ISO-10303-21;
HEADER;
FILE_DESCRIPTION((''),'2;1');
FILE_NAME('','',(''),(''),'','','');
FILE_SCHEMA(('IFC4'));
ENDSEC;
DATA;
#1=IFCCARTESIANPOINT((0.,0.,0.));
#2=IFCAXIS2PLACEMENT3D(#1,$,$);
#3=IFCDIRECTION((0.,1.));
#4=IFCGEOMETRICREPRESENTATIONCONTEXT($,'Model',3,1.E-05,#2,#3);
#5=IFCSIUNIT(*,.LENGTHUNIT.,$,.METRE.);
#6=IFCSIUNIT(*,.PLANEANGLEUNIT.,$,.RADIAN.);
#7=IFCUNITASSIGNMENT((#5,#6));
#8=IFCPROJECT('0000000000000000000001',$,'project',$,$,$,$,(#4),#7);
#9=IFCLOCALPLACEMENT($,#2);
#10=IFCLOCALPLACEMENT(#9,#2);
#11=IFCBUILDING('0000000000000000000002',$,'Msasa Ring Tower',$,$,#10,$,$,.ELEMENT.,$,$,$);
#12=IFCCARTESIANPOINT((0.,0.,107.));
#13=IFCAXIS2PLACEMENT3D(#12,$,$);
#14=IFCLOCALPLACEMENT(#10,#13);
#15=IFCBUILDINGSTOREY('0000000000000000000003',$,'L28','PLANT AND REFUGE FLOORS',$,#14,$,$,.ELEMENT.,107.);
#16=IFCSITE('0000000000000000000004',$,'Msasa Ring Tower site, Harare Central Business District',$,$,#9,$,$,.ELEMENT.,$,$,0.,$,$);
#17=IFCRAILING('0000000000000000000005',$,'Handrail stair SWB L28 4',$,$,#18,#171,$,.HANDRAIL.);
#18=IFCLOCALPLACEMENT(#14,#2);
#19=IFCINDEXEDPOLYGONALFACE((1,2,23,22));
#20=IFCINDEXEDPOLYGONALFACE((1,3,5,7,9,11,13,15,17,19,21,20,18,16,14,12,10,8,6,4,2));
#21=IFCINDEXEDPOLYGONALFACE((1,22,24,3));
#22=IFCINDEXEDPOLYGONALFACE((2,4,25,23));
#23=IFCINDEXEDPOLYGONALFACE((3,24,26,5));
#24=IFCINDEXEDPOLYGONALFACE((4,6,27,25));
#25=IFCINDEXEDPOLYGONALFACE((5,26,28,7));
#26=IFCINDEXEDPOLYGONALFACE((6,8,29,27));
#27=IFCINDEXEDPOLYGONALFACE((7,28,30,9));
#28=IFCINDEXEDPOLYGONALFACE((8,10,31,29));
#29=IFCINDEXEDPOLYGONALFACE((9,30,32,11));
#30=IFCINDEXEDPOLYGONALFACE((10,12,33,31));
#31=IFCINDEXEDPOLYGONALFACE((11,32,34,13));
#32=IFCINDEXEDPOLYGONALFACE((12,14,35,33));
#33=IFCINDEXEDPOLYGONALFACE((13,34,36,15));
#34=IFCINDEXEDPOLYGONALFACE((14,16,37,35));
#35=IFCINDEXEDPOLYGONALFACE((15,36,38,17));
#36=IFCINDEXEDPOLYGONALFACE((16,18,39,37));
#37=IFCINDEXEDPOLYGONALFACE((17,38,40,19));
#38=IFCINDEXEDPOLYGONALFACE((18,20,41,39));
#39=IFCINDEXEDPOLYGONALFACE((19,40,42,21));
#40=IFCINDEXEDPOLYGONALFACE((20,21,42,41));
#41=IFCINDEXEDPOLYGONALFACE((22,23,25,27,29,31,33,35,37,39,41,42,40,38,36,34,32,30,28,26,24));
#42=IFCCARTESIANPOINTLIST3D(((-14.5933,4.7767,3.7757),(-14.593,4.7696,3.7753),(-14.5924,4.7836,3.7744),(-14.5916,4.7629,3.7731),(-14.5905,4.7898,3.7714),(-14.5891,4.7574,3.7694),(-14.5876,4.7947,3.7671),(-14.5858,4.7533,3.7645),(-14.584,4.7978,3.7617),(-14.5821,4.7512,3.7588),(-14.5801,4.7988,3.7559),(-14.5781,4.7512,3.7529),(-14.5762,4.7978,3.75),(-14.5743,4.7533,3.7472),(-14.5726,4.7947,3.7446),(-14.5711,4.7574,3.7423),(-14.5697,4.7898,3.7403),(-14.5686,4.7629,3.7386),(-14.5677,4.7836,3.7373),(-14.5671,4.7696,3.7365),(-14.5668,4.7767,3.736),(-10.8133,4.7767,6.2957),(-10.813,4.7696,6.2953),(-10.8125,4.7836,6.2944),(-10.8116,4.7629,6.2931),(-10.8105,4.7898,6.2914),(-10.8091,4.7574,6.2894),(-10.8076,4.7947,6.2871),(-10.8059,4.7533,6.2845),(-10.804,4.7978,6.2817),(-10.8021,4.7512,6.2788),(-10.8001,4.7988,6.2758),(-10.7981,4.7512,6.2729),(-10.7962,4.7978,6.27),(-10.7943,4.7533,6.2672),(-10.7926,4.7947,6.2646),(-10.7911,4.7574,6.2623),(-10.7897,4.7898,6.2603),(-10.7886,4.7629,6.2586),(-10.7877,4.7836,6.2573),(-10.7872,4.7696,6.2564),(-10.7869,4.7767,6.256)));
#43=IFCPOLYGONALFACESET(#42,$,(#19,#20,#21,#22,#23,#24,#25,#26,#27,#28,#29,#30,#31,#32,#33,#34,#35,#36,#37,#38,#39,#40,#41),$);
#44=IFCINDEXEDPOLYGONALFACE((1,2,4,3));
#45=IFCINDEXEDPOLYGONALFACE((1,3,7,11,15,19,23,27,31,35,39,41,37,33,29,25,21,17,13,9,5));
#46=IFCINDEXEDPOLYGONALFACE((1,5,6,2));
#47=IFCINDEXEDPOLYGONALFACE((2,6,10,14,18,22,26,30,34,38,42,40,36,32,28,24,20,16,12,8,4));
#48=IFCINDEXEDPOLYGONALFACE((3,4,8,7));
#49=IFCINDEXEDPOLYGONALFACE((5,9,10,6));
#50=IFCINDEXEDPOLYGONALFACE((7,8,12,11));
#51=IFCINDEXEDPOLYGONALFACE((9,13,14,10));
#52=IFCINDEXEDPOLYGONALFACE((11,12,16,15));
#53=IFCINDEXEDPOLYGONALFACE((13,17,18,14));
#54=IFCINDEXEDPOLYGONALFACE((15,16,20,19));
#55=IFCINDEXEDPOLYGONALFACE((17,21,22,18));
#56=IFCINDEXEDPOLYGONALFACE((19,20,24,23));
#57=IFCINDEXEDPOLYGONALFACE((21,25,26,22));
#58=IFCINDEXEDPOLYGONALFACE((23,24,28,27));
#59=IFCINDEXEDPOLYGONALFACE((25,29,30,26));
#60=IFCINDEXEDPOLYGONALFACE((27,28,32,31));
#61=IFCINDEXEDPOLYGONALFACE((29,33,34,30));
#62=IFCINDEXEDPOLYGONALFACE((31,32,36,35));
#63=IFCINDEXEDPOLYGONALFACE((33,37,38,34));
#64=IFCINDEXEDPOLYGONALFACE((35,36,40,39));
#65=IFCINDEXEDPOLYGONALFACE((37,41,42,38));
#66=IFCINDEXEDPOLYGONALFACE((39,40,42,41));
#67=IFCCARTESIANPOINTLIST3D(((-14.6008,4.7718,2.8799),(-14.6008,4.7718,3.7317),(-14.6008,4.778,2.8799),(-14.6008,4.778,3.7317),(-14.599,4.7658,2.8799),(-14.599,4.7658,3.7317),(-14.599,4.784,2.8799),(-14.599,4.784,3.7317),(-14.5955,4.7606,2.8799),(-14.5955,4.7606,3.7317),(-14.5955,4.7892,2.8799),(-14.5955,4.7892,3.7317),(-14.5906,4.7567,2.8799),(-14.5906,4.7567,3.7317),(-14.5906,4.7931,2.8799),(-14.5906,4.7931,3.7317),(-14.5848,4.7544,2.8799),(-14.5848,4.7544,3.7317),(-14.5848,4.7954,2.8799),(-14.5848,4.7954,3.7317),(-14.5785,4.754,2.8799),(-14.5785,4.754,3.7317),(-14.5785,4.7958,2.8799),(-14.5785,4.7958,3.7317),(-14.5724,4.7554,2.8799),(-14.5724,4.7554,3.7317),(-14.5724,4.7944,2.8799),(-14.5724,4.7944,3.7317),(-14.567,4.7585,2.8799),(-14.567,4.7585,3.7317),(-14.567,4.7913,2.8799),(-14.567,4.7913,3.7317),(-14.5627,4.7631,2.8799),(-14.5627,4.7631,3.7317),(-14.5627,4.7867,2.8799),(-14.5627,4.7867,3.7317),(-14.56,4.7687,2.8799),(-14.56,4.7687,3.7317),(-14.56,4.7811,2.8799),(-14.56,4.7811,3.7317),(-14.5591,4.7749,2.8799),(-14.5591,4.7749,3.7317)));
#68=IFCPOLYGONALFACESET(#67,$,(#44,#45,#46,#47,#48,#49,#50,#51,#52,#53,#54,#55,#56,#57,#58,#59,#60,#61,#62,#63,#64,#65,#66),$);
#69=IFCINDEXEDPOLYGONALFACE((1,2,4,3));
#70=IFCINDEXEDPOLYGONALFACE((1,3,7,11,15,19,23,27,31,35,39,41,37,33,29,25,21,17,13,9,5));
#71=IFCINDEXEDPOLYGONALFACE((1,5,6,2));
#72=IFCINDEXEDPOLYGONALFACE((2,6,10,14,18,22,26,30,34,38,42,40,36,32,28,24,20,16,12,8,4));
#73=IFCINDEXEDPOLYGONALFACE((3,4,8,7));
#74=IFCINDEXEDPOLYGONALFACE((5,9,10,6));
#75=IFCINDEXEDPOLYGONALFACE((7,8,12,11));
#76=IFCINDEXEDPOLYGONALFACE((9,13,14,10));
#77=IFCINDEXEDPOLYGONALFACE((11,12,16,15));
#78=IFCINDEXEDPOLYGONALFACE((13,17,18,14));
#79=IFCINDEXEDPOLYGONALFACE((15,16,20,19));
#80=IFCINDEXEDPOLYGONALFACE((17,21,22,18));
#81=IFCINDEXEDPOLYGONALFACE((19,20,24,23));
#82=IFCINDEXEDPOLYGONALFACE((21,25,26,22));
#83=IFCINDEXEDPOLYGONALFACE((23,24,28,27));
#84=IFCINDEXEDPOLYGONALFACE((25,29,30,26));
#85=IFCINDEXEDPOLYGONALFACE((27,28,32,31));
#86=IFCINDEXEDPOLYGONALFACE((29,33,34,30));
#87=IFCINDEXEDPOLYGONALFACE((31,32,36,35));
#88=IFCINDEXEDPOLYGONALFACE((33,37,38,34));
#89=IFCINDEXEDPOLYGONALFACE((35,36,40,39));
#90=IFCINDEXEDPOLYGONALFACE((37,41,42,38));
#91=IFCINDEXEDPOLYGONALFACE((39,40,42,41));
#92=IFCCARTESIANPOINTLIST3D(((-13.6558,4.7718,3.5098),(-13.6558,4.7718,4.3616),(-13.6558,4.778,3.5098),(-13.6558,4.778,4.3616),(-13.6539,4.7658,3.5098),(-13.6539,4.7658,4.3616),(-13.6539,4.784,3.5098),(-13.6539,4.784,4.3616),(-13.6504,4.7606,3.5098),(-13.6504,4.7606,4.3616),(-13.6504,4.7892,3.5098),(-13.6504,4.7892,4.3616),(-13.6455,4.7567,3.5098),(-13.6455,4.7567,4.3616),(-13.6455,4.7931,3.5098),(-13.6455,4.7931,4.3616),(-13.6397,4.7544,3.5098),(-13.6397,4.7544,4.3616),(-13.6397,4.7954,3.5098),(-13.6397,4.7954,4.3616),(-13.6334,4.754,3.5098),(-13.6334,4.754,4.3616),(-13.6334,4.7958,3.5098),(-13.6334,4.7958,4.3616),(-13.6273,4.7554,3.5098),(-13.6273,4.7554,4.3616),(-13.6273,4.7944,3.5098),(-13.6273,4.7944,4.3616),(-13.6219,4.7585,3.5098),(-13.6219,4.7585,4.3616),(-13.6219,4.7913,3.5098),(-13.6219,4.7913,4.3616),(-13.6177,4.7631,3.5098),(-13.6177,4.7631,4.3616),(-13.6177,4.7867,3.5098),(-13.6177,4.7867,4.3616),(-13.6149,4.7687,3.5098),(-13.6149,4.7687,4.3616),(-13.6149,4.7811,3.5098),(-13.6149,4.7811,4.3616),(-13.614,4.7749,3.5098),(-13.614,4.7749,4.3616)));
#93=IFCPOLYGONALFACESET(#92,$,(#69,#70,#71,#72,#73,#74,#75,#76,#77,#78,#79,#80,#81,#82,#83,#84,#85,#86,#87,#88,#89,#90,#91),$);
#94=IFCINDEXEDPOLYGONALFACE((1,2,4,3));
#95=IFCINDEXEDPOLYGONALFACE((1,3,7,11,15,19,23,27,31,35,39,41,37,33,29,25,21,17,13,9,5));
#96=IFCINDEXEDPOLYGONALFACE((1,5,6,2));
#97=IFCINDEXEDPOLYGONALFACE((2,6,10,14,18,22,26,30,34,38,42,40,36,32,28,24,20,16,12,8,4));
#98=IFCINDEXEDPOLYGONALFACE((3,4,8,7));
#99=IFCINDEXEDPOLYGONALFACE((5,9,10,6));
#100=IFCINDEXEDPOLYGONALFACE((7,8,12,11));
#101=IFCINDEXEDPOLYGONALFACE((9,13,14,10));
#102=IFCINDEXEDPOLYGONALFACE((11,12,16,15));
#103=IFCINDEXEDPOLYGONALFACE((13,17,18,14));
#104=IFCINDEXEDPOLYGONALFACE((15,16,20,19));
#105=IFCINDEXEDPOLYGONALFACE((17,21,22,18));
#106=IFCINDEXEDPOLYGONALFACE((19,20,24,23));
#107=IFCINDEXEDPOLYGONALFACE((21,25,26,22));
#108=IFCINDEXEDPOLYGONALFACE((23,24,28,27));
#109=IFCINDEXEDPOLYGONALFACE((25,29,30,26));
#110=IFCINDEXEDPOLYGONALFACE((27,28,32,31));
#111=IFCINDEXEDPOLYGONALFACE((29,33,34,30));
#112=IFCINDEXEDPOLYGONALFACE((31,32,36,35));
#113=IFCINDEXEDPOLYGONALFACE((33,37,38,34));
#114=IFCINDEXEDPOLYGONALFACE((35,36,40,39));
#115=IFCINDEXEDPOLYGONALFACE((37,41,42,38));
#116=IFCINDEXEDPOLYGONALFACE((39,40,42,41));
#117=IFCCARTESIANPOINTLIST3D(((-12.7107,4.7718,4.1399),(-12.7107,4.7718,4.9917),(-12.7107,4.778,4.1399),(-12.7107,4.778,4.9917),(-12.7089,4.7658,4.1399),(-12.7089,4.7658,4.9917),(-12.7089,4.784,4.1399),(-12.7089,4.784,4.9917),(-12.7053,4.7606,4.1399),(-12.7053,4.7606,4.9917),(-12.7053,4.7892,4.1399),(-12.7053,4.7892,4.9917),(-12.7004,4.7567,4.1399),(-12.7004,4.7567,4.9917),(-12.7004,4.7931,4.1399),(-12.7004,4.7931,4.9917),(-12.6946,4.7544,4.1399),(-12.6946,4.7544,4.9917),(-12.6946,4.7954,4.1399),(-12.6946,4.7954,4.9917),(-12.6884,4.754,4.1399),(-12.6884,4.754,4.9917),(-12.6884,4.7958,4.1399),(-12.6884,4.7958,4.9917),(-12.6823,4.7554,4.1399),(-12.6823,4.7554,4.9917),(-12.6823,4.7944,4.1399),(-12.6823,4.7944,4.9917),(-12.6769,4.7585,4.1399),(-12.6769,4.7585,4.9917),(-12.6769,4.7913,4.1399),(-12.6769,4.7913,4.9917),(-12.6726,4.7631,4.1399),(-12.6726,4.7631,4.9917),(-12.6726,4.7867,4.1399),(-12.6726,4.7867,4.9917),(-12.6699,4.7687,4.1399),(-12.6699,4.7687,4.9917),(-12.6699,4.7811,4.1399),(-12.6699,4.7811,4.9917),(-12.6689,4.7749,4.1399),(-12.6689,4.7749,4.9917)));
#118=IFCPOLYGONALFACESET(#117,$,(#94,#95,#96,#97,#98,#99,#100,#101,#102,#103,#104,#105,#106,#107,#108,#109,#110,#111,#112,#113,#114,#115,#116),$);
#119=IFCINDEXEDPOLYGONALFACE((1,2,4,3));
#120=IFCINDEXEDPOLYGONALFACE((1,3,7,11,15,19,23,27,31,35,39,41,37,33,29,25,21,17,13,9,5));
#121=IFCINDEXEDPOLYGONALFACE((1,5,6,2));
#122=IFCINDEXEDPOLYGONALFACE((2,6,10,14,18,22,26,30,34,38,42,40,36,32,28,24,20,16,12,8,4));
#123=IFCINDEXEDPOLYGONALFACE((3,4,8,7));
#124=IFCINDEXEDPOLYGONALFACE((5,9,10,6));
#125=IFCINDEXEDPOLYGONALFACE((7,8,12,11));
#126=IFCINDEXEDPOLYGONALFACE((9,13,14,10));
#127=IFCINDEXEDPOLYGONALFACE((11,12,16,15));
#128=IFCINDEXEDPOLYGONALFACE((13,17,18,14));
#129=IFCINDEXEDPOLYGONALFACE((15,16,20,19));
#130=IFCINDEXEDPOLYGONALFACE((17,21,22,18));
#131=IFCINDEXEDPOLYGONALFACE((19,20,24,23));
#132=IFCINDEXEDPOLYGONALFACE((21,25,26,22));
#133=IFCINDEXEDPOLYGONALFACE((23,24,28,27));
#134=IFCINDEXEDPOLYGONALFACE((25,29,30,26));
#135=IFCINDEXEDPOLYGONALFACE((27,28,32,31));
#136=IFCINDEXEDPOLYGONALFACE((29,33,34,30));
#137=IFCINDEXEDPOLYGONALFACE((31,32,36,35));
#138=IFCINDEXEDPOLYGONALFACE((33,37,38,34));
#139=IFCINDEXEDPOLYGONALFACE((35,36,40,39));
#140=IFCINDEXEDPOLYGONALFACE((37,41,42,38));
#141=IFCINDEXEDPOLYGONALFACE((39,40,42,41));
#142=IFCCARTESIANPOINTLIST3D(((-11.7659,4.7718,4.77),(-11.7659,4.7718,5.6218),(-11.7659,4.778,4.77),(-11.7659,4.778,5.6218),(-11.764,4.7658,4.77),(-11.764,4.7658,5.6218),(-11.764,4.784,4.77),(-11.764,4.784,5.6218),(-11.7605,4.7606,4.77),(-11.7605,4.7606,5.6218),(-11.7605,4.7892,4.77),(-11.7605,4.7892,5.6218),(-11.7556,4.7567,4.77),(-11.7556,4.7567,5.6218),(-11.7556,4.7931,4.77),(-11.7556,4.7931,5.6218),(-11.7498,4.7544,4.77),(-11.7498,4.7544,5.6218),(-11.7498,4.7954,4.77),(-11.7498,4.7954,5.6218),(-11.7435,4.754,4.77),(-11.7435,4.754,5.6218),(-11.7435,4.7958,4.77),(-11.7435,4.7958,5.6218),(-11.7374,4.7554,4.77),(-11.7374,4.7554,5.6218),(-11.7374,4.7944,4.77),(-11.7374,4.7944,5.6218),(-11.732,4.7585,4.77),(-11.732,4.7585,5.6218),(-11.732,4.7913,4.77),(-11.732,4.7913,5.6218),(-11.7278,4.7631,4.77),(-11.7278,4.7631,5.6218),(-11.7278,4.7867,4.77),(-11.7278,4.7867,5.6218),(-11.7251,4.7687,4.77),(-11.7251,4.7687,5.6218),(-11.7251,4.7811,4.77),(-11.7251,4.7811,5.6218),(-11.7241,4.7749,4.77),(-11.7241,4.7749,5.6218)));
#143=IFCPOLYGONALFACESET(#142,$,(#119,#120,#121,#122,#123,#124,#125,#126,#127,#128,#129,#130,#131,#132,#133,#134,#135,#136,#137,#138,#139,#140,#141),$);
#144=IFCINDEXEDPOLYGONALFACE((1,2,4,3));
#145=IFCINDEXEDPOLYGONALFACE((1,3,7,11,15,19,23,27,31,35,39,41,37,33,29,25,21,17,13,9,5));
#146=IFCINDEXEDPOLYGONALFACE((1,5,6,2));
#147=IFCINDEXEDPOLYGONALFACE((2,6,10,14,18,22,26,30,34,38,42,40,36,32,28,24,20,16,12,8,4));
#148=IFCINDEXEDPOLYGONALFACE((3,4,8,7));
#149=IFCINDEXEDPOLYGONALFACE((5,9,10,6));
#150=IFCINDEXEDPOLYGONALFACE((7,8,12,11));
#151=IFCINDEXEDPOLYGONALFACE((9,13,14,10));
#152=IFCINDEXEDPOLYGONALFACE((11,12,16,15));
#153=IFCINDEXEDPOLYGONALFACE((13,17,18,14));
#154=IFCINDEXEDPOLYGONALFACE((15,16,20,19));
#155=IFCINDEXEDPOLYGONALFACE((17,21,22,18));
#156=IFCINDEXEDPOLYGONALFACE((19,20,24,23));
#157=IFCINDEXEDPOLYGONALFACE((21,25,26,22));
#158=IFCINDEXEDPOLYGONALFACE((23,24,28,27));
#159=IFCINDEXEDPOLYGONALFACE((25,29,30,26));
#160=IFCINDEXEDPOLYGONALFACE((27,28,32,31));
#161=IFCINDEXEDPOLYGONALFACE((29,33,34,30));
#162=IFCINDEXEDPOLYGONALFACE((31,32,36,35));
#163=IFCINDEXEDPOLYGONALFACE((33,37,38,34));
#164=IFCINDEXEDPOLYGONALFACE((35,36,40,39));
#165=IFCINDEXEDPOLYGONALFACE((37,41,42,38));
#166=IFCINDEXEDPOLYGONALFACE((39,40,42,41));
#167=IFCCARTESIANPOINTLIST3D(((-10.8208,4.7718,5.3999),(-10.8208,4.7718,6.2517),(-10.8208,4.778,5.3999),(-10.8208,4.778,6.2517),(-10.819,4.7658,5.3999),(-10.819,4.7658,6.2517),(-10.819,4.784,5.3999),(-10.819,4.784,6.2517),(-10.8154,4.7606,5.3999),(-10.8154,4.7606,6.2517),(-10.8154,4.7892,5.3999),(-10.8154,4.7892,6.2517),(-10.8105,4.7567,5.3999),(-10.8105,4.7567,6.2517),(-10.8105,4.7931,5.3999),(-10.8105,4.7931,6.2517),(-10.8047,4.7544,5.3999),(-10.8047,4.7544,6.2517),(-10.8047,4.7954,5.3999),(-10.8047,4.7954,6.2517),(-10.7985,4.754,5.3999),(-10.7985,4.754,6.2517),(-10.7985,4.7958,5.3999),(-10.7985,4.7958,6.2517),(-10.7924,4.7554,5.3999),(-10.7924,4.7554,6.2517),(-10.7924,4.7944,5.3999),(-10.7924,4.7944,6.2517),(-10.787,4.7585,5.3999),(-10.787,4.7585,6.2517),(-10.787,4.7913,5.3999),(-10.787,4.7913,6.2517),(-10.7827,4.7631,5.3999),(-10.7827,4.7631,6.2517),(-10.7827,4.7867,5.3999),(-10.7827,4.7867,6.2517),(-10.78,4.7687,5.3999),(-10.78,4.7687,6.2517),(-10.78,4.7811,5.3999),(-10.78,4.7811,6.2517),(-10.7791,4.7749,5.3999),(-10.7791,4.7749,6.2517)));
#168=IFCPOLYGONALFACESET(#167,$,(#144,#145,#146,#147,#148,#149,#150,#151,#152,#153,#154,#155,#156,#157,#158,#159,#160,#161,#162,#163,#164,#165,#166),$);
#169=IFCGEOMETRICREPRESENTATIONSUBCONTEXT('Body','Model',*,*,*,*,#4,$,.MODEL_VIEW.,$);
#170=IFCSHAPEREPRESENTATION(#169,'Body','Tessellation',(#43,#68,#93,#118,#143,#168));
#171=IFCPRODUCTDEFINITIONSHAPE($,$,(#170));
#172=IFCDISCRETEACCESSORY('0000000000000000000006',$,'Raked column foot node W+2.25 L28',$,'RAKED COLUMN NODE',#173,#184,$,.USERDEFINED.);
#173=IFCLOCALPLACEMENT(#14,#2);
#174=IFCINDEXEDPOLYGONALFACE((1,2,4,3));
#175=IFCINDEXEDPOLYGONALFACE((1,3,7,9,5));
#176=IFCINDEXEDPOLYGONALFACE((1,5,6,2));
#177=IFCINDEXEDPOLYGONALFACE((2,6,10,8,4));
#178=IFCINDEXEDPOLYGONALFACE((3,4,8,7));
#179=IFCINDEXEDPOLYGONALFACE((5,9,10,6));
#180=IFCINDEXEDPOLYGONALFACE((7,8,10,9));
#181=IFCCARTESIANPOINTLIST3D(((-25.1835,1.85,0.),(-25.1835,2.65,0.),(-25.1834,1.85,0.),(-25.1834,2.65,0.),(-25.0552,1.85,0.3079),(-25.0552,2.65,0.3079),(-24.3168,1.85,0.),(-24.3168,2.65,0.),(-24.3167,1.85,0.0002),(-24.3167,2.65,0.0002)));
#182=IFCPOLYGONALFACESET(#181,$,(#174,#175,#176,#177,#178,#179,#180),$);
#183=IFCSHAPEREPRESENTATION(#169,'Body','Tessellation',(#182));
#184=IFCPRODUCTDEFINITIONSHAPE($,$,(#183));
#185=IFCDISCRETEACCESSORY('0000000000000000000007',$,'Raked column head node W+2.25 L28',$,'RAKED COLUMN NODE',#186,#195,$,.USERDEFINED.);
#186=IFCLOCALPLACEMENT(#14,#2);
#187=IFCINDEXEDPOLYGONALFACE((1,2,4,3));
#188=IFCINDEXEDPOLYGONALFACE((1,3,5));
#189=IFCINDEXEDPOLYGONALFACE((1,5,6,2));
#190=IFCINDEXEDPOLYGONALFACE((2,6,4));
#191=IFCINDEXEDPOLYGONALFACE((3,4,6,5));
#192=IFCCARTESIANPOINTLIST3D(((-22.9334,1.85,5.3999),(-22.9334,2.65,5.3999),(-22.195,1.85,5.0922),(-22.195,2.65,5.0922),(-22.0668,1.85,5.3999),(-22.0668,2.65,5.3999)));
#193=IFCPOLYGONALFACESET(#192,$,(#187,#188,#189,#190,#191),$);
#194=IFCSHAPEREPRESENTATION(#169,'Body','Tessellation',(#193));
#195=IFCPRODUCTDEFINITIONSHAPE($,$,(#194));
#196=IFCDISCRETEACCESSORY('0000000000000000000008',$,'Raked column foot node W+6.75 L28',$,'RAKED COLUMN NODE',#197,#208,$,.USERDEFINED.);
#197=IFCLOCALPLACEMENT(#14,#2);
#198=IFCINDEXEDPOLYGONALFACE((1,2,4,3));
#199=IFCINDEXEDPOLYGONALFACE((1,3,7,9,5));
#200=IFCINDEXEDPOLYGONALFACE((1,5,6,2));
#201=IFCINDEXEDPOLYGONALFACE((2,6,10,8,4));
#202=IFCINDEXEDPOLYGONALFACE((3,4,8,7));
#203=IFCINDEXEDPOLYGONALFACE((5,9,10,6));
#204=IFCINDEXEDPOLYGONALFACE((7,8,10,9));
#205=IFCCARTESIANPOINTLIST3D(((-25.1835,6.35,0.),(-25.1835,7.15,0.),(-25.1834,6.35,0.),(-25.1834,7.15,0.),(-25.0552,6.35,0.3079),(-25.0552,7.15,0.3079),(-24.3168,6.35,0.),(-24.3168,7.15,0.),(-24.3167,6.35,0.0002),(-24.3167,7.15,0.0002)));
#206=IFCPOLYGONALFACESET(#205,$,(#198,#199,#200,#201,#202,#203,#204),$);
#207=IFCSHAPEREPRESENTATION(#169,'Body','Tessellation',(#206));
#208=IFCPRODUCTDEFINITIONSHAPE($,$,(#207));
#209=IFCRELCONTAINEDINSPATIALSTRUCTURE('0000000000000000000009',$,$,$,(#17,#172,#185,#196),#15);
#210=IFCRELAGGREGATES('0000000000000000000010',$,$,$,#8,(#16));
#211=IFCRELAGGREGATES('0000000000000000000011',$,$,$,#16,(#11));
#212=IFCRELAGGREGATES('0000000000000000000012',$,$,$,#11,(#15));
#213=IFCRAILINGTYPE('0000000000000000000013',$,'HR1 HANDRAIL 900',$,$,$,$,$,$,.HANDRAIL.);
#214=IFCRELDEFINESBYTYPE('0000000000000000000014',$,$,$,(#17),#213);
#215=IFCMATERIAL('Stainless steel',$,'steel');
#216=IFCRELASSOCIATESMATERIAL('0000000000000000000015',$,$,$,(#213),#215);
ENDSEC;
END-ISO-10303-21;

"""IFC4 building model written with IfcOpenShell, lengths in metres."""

from ifc_helpers import new_model, si_unit, direction, frame, origin, origin_2d, place, context, subcontext, project, spatial, rectangle, circle, extrude, clip, halfspace, material, type_object, element, save


model = new_model("IFC4")

# Units and contexts
model_context = context("Model", 3, precision=1e-05, world=origin(), true_north=direction((0.0, 1.0)))
body_context = subcontext(model_context, "Body", "Model", "MODEL_VIEW")
ifc_project = project(units=[si_unit("LENGTHUNIT", "METRE"), si_unit("PLANEANGLEUNIT", "RADIAN")], contexts=[model_context])

# Site, building, storey
site_placement = place(None, origin())
site = spatial("IfcSite", under=ifc_project, at=site_placement, Name="Msasa Ring Tower site, Harare Central Business District", CompositionType="ELEMENT", RefElevation=0.0)
building_placement = place(site_placement, origin())
building = spatial("IfcBuilding", under=site, at=building_placement, Name="Msasa Ring Tower", CompositionType="ELEMENT")
storey_placement = place(building_placement, frame((0.0, 0.0, 107.0)))
storey = spatial("IfcBuildingStorey", under=building, at=storey_placement, Name="L28", Description="PLANT AND REFUGE FLOORS", CompositionType="ELEMENT", Elevation=107.0)

# Railing
ifc_material_1 = material(Name="Stainless steel", Category="steel")
railing_type = type_object("IfcRailingType", Name="HR1 HANDRAIL 900", PredefinedType="HANDRAIL", material=ifc_material_1)
for number, where, name in (
    (1, (-14.5801, 4.7749, 2.8799), "Handrail stair SWB L28 4"),
):
    element("IfcRailing", number, at=place(storey_placement, frame(where)), inside=storey, type_object=railing_type, Name=name, PredefinedType="HANDRAIL", context=body_context, shape_type="SweptSolid", body=[
        extrude(circle(Radius=0.0239, at=origin_2d()), frame((0.0, 0.0, 0.876), z_axis=(0.83205, 0.0, 0.5547), x_axis=(0.0, 1.0, 0.0)), (0.0, 0.0, 1.0), 4.543),
        extrude(circle(Radius=0.021, at=origin_2d()), origin(), (0.0, 0.0, 1.0), 0.8518),
        extrude(circle(Radius=0.021, at=origin_2d()), frame((0.9451, 0.0, 0.6299)), (0.0, 0.0, 1.0), 0.8518),
        extrude(circle(Radius=0.021, at=origin_2d()), frame((1.8901, 0.0, 1.26)), (0.0, 0.0, 1.0), 0.8518),
        extrude(circle(Radius=0.021, at=origin_2d()), frame((2.835, 0.0, 1.8901)), (0.0, 0.0, 1.0), 0.8518),
        extrude(circle(Radius=0.021, at=origin_2d()), frame((3.78, 0.0, 2.52)), (0.0, 0.0, 1.0), 0.8518),
    ])

# Discrete accessories
discrete_accessory_1_placement = place(storey_placement, frame((-24.75, 2.25, 0.0)))
element("IfcDiscreteAccessory", 2, at=discrete_accessory_1_placement, inside=storey, Name="Raked column foot node W+2.25 L28", ObjectType="RAKED COLUMN NODE", PredefinedType="USERDEFINED", context=body_context, shape_type="Clipping", body=[
    clip(extrude(rectangle(XDim=0.8, YDim=0.8, at=origin_2d()), frame((-0.0642, 0.0, -0.1538), z_axis=(0.384615, 0.0, 0.923077), x_axis=(0.0, 1.0, 0.0)), (0.0, 0.0, 1.0), 0.3335), halfspace(frame((0.0, 0.0, 0.0), z_axis=(0.0, 0.0, 1.0)), True)),
])
discrete_accessory_2_placement = place(storey_placement, frame((-22.5, 2.25, 5.3999)))
element("IfcDiscreteAccessory", 3, at=discrete_accessory_2_placement, inside=storey, Name="Raked column head node W+2.25 L28", ObjectType="RAKED COLUMN NODE", PredefinedType="USERDEFINED", context=body_context, shape_type="Clipping", body=[
    clip(extrude(rectangle(XDim=0.8, YDim=0.8, at=origin_2d()), frame((-0.0642, 0.0, -0.1538), z_axis=(0.384615, 0.0, 0.923077), x_axis=(0.0, 1.0, 0.0)), (0.0, 0.0, 1.0), 0.3335), halfspace(frame((0.0, 0.0, 0.0), z_axis=(0.0, 0.0, -1.0)), True)),
])
discrete_accessory_3_placement = place(storey_placement, frame((-24.75, 6.75, 0.0)))
element("IfcDiscreteAccessory", 4, at=discrete_accessory_3_placement, inside=storey, Name="Raked column foot node W+6.75 L28", ObjectType="RAKED COLUMN NODE", PredefinedType="USERDEFINED", context=body_context, shape_type="Clipping", body=[
    clip(extrude(rectangle(XDim=0.8, YDim=0.8, at=origin_2d()), frame((-0.0642, 0.0, -0.1538), z_axis=(0.384615, 0.0, 0.923077), x_axis=(0.0, 1.0, 0.0)), (0.0, 0.0, 1.0), 0.3335), halfspace(frame((0.0, 0.0, 0.0), z_axis=(0.0, 0.0, 1.0)), True)),
])

save(model, "model.ifc")
